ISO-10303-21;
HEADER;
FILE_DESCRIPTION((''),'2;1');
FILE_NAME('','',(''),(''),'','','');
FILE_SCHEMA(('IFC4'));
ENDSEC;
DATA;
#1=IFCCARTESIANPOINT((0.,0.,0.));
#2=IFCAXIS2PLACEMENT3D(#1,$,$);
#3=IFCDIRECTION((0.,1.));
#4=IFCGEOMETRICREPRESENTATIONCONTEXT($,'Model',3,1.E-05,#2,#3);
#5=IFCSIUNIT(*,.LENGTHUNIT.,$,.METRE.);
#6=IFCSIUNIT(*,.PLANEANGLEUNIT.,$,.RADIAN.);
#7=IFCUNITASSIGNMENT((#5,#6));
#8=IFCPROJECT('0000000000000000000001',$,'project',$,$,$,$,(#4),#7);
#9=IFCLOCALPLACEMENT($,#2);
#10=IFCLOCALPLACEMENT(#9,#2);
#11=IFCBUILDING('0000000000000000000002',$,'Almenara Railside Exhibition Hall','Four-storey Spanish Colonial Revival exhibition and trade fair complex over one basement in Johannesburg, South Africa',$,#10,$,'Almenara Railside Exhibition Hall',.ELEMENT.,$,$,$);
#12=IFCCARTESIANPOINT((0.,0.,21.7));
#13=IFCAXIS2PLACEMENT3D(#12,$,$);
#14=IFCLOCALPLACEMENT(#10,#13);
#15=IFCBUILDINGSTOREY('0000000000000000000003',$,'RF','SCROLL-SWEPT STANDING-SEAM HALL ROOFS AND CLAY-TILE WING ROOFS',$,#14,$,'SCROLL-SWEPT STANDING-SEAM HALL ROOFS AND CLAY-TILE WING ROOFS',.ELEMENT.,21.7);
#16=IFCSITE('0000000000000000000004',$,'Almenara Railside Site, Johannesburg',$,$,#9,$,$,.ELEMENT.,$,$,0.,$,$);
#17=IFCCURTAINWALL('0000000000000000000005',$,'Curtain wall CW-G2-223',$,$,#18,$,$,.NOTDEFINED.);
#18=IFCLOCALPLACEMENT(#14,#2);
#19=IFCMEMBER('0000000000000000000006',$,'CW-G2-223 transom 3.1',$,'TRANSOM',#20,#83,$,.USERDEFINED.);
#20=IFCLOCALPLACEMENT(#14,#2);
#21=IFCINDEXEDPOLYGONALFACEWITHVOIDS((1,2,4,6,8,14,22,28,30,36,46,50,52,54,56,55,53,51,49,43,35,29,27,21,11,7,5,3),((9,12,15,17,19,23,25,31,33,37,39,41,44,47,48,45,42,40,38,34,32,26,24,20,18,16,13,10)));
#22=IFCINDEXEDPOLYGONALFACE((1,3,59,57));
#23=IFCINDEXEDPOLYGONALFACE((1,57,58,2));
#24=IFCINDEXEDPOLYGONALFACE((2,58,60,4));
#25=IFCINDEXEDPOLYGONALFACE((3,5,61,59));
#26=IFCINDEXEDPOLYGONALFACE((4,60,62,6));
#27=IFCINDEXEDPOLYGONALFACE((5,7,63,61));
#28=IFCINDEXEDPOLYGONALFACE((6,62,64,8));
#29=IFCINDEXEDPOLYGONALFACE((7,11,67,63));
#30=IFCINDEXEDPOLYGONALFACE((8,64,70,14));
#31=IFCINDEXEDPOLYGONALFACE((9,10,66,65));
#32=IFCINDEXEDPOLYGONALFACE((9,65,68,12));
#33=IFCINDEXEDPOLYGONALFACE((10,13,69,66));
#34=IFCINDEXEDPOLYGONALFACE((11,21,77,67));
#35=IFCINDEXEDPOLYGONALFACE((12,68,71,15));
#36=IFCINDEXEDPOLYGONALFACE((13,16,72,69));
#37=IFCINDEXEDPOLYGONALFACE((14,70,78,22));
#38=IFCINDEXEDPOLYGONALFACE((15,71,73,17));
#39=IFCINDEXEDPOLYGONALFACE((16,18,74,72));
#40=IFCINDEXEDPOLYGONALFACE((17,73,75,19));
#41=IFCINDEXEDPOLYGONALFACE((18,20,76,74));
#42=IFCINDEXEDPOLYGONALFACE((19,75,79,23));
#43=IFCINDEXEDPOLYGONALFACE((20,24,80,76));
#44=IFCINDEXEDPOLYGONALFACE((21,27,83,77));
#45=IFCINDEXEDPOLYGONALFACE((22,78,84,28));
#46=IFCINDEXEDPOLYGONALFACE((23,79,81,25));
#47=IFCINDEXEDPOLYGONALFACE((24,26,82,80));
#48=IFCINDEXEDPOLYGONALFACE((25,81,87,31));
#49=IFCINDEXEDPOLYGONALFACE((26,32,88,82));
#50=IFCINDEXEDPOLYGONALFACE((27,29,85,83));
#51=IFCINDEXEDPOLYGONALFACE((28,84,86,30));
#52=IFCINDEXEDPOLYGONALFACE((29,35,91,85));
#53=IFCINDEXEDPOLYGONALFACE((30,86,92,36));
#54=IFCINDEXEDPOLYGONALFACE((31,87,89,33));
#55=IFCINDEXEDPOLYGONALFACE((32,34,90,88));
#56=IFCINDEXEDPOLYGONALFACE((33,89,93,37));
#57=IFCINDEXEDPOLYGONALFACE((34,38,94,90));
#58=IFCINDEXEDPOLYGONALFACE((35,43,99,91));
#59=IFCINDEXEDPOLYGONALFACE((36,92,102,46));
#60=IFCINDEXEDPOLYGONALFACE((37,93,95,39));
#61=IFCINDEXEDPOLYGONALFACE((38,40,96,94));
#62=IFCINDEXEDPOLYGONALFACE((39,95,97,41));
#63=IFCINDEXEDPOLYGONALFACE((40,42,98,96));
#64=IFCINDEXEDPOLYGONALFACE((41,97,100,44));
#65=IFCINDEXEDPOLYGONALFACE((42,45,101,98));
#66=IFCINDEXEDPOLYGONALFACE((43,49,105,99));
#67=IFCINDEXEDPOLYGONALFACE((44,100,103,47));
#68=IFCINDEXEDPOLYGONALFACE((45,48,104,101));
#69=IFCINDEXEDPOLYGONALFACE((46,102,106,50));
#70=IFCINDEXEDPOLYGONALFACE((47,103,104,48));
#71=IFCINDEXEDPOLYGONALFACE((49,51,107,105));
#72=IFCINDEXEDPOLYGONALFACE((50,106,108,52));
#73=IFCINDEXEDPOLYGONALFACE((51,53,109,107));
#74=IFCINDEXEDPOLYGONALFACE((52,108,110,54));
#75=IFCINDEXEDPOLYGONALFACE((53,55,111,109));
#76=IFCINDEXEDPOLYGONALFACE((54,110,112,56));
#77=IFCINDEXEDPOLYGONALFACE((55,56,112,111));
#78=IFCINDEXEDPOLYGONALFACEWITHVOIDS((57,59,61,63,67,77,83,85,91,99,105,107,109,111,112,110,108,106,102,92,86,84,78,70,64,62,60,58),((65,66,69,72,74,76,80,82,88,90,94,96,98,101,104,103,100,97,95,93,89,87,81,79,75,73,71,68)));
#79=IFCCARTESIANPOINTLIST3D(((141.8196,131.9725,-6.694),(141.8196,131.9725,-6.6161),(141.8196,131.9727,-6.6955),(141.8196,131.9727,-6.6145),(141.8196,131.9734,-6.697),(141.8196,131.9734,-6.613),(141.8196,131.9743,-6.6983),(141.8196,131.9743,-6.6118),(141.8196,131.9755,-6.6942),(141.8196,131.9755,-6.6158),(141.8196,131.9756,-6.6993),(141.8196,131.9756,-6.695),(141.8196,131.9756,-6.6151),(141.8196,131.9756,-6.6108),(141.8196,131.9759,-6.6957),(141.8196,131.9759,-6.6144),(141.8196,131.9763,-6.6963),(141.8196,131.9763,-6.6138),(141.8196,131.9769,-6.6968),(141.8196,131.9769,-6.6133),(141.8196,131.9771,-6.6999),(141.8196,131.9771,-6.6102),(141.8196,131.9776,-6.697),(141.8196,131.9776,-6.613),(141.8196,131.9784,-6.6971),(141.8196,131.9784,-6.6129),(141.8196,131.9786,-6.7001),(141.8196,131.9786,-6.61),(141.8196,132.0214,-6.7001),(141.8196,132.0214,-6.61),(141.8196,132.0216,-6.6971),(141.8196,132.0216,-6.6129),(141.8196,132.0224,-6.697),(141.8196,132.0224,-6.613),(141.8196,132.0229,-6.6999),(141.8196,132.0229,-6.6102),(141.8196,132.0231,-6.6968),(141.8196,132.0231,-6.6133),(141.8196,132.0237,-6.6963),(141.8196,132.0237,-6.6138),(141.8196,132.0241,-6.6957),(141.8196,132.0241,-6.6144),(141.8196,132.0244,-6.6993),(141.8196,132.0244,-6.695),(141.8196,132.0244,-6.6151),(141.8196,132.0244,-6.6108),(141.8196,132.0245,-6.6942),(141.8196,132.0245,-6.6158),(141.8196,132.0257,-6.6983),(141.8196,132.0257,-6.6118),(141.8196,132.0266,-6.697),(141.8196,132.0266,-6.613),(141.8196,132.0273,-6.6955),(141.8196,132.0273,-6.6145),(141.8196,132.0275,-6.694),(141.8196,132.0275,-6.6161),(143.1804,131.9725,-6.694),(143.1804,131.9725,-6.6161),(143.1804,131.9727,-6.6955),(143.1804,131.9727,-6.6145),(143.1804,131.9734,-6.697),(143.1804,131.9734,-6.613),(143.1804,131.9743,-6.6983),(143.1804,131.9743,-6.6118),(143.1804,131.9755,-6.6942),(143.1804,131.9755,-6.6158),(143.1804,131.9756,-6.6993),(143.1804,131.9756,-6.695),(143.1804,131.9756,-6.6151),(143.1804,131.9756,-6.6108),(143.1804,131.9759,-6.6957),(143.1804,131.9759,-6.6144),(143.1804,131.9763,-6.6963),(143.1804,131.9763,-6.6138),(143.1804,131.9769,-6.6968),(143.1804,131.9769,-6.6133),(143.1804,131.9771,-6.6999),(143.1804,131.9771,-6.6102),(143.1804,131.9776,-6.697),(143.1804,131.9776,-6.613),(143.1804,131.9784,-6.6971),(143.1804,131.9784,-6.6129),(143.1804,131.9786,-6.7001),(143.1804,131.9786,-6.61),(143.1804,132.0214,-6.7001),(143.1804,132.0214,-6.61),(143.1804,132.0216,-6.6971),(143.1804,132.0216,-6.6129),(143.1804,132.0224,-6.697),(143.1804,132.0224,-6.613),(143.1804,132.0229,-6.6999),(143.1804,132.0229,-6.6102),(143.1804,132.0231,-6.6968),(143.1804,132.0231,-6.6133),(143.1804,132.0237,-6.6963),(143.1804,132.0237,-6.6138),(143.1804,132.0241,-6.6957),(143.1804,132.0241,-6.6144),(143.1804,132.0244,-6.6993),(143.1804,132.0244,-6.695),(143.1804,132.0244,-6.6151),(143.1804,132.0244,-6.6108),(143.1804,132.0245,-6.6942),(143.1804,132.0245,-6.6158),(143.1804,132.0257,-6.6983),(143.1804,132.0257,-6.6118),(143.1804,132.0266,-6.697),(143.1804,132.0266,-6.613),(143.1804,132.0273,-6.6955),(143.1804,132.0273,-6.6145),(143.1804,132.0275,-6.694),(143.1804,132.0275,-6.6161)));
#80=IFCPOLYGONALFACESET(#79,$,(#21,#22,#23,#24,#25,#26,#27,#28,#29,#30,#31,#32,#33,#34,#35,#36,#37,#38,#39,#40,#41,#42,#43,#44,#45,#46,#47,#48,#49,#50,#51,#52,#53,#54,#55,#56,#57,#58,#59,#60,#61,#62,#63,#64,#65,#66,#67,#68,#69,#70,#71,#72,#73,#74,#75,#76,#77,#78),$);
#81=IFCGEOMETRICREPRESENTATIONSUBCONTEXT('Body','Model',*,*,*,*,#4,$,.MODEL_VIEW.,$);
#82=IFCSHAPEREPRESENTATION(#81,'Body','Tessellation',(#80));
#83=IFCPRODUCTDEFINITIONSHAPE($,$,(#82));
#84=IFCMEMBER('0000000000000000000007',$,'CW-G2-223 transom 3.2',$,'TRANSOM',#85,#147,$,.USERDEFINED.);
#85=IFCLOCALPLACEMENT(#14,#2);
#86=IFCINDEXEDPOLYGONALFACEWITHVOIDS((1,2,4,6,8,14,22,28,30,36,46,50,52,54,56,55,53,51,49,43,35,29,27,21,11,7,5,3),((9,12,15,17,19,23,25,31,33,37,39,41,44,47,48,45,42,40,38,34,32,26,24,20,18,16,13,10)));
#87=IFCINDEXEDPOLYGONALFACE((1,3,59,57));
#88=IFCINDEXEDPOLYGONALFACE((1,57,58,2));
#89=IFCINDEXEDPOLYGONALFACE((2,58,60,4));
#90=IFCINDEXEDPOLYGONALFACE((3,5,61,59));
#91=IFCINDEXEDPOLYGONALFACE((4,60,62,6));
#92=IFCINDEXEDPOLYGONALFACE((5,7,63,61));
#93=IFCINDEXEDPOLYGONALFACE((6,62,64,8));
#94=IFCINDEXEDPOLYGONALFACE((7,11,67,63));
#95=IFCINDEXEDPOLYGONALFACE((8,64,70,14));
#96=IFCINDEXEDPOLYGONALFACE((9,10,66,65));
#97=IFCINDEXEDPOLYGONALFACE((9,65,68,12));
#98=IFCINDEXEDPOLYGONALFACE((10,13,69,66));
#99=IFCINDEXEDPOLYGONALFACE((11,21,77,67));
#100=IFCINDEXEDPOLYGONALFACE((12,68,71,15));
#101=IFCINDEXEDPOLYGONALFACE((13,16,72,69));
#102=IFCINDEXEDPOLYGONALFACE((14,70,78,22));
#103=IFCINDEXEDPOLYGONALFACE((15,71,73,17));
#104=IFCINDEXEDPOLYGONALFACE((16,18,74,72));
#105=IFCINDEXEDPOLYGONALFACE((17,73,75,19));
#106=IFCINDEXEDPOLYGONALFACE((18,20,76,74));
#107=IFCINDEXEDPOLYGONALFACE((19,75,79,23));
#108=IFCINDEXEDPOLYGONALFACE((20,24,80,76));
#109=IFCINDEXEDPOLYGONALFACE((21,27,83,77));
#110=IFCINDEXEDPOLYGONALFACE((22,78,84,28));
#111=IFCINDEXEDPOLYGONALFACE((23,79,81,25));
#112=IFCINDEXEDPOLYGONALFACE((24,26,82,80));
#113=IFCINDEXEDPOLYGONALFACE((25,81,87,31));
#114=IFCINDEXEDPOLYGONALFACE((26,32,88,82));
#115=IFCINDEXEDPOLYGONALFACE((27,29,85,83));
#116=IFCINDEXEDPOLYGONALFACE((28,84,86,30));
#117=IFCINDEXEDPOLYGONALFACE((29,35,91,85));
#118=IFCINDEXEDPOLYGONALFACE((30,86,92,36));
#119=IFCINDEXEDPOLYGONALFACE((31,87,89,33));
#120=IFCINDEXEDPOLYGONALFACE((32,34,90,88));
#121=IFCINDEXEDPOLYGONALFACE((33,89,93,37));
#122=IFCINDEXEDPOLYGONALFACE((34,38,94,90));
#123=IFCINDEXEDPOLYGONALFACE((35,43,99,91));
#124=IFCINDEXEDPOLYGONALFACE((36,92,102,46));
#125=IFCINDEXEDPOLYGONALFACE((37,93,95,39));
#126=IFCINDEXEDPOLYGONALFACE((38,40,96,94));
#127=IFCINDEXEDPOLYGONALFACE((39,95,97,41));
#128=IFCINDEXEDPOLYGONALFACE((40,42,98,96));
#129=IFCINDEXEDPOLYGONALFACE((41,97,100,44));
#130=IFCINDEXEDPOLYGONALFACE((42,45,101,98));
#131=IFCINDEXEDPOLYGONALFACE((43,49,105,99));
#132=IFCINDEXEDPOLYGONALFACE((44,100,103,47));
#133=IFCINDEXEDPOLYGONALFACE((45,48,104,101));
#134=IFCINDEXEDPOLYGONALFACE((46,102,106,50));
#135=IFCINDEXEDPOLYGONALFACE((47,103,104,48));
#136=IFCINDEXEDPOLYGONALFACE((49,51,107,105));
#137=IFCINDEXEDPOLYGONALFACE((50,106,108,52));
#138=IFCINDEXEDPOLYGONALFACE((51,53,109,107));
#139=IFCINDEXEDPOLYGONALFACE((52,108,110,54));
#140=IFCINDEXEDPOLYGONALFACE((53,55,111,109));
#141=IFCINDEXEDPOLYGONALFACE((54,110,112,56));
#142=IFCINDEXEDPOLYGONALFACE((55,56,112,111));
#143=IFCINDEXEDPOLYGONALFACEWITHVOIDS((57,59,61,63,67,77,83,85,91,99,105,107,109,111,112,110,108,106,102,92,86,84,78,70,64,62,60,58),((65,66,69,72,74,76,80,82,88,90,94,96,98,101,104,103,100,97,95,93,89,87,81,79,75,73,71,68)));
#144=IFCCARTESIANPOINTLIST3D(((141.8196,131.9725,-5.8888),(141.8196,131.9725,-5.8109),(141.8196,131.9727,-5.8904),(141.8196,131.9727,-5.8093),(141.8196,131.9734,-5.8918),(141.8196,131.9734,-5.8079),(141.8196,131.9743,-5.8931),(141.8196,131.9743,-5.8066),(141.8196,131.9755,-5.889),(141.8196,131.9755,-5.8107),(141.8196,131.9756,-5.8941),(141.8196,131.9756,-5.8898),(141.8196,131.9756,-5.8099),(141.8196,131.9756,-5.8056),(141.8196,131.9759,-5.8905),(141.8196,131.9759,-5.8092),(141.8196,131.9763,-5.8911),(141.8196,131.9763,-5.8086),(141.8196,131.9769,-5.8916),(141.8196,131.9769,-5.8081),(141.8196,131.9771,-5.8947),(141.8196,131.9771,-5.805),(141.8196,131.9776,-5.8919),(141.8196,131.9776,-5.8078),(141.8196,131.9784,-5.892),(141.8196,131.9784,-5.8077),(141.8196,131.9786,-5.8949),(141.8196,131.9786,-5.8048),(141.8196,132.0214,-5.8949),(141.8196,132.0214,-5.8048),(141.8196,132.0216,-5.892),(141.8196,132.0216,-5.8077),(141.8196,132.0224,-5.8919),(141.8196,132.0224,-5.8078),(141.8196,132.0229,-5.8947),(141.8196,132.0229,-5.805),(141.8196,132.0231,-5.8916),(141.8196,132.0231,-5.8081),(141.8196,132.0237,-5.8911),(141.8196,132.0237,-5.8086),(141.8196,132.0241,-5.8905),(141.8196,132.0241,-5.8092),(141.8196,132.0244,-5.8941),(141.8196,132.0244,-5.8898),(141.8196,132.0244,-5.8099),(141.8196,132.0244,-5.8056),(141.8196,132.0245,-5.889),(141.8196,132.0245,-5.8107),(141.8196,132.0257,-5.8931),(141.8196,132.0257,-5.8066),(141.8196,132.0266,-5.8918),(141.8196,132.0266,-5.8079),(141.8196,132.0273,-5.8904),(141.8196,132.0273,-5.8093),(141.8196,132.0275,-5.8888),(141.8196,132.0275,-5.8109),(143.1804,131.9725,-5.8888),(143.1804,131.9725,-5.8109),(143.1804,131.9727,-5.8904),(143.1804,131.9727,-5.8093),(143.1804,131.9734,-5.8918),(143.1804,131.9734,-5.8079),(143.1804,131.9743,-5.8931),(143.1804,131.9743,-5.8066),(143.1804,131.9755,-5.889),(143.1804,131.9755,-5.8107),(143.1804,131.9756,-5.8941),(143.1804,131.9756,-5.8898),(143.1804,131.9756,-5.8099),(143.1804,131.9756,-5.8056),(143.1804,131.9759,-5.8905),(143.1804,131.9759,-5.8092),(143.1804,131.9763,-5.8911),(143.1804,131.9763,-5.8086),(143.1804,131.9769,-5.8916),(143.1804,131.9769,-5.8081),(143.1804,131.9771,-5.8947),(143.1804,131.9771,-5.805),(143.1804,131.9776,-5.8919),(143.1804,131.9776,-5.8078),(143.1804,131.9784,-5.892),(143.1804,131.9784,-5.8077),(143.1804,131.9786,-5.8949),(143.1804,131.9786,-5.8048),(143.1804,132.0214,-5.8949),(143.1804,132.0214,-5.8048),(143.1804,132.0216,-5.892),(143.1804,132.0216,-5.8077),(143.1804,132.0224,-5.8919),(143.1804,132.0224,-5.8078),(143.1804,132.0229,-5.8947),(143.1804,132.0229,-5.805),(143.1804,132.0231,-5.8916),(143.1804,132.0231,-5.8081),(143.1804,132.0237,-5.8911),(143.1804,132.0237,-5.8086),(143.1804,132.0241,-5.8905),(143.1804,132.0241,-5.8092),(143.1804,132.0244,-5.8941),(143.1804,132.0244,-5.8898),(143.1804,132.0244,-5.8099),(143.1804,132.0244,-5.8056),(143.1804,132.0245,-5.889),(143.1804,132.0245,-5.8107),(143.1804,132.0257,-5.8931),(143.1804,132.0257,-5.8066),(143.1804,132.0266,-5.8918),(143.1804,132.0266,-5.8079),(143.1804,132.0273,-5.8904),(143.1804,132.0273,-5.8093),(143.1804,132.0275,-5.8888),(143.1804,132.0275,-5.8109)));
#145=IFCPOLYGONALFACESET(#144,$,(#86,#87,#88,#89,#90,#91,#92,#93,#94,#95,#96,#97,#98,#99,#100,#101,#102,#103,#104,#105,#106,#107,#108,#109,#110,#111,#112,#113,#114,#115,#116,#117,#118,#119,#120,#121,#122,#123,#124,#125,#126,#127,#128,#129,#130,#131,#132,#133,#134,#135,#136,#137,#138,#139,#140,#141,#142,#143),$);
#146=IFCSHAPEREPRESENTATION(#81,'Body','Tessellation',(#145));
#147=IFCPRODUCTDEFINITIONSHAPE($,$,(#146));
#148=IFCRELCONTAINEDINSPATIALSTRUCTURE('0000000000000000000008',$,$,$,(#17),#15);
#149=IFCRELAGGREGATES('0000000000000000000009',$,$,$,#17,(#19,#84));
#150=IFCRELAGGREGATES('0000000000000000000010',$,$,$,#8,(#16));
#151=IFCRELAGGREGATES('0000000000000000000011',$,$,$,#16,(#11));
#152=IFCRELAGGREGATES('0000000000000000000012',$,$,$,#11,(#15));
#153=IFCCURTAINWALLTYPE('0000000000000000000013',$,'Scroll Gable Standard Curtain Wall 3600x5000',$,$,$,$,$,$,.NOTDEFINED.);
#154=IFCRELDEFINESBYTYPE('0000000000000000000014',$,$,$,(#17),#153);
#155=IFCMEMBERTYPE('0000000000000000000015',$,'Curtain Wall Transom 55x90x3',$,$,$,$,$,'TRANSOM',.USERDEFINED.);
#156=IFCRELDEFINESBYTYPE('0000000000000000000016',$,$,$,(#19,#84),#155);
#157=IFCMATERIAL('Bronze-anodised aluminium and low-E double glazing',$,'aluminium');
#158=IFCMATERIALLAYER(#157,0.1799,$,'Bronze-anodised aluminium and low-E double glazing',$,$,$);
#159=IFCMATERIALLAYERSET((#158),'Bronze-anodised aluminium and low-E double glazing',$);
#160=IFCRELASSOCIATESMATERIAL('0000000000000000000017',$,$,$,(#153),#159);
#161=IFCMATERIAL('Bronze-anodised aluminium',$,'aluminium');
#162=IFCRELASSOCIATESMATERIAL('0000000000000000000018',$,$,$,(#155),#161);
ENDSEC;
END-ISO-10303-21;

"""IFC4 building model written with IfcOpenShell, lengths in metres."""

from ifc_helpers import new_model, si_unit, direction, frame, origin, origin_2d, place, context, subcontext, project, spatial, hollow_rectangle, extrude, material, layer, layer_set, material_profile, profile_set, type_object, element, aggregate, save


model = new_model("IFC4")

# Units and contexts
model_context = context("Model", 3, precision=1e-05, world=origin(), true_north=direction((0.0, 1.0)))
body_context = subcontext(model_context, "Body", "Model", "MODEL_VIEW")
ifc_project = project(units=[si_unit("LENGTHUNIT", "METRE"), si_unit("PLANEANGLEUNIT", "RADIAN")], contexts=[model_context])

# Site, building, storey
site_placement = place(None, origin())
site = spatial("IfcSite", under=ifc_project, at=site_placement, Name="Almenara Railside Site, Johannesburg", CompositionType="ELEMENT", RefElevation=0.0)
building_placement = place(site_placement, origin())
building = spatial("IfcBuilding", under=site, at=building_placement, Name="Almenara Railside Exhibition Hall", Description="Four-storey Spanish Colonial Revival exhibition and trade fair complex over one basement in Johannesburg, South Africa", LongName="Almenara Railside Exhibition Hall", CompositionType="ELEMENT")
storey_placement = place(building_placement, frame((0.0, 0.0, 21.7)))
storey = spatial("IfcBuildingStorey", under=building, at=storey_placement, Name="RF", Description="SCROLL-SWEPT STANDING-SEAM HALL ROOFS AND CLAY-TILE WING ROOFS", LongName="SCROLL-SWEPT STANDING-SEAM HALL ROOFS AND CLAY-TILE WING ROOFS", CompositionType="ELEMENT", Elevation=21.7)

# Curtain wall, members
ifc_material_1 = material(Name="Bronze-anodised aluminium and low-E double glazing", Category="aluminium")
ifc_layer_1 = layer(ifc_material_1, 0.1799, Name="Bronze-anodised aluminium and low-E double glazing")
ifc_layer_set_1 = layer_set([ifc_layer_1], Name="Bronze-anodised aluminium and low-E double glazing")
curtain_wall_type = type_object("IfcCurtainWallType", Name="Scroll Gable Standard Curtain Wall 3600x5000", PredefinedType="NOTDEFINED", material=ifc_layer_set_1)
curtain_wall_placement = place(storey_placement, origin())
curtain_wall = element("IfcCurtainWall", 1, at=curtain_wall_placement, inside=storey, type_object=curtain_wall_type, Name="Curtain wall CW-G2-223", PredefinedType="NOTDEFINED")
ifc_material_2 = material(Name="Bronze-anodised aluminium", Category="aluminium")
ifc_material_profile_1 = material_profile(ifc_material_2, hollow_rectangle(XDim=0.0549, YDim=0.0901, WallThickness=0.0029, InnerFilletRadius=0.0029, OuterFilletRadius=0.0061, at=origin_2d()), Name="ALU-TRN 55x90x3")
ifc_profile_set_1 = profile_set([ifc_material_profile_1], Name="Bronze-anodised aluminium")
member_type_1 = type_object("IfcMemberType", Name="Curtain Wall Transom 55x90x3", ElementType="TRANSOM", PredefinedType="USERDEFINED", material=ifc_profile_set_1)
member_1_placement = place(storey_placement, frame((141.8196, 132.0, -6.655), z_axis=(1.0, 0.0, 0.0), x_axis=(0.0, 1.0, 0.0)))
member_1 = element("IfcMember", 2, at=member_1_placement, type_object=member_type_1, Name="CW-G2-223 transom 3.1", ObjectType="TRANSOM", PredefinedType="USERDEFINED", context=body_context, shape_type="SweptSolid", body=[
    extrude(hollow_rectangle(XDim=0.0549, YDim=0.0901, WallThickness=0.0029, InnerFilletRadius=0.0029, OuterFilletRadius=0.0061, at=origin_2d()), origin(), (0.0, 0.0, 1.0), 1.3608),
])
member_2_placement = place(storey_placement, frame((141.8196, 132.0, -5.8499), z_axis=(1.0, 0.0, 0.0), x_axis=(0.0, 1.0, 0.0)))
member_2 = element("IfcMember", 3, at=member_2_placement, type_object=member_type_1, Name="CW-G2-223 transom 3.2", ObjectType="TRANSOM", PredefinedType="USERDEFINED", context=body_context, shape_type="SweptSolid", body=[
    extrude(hollow_rectangle(XDim=0.0549, YDim=0.0901, WallThickness=0.0029, InnerFilletRadius=0.0029, OuterFilletRadius=0.0061, at=origin_2d()), origin(), (0.0, 0.0, 1.0), 1.3608),
])

aggregate(curtain_wall, [member_1, member_2])

save(model, "model.ifc")
